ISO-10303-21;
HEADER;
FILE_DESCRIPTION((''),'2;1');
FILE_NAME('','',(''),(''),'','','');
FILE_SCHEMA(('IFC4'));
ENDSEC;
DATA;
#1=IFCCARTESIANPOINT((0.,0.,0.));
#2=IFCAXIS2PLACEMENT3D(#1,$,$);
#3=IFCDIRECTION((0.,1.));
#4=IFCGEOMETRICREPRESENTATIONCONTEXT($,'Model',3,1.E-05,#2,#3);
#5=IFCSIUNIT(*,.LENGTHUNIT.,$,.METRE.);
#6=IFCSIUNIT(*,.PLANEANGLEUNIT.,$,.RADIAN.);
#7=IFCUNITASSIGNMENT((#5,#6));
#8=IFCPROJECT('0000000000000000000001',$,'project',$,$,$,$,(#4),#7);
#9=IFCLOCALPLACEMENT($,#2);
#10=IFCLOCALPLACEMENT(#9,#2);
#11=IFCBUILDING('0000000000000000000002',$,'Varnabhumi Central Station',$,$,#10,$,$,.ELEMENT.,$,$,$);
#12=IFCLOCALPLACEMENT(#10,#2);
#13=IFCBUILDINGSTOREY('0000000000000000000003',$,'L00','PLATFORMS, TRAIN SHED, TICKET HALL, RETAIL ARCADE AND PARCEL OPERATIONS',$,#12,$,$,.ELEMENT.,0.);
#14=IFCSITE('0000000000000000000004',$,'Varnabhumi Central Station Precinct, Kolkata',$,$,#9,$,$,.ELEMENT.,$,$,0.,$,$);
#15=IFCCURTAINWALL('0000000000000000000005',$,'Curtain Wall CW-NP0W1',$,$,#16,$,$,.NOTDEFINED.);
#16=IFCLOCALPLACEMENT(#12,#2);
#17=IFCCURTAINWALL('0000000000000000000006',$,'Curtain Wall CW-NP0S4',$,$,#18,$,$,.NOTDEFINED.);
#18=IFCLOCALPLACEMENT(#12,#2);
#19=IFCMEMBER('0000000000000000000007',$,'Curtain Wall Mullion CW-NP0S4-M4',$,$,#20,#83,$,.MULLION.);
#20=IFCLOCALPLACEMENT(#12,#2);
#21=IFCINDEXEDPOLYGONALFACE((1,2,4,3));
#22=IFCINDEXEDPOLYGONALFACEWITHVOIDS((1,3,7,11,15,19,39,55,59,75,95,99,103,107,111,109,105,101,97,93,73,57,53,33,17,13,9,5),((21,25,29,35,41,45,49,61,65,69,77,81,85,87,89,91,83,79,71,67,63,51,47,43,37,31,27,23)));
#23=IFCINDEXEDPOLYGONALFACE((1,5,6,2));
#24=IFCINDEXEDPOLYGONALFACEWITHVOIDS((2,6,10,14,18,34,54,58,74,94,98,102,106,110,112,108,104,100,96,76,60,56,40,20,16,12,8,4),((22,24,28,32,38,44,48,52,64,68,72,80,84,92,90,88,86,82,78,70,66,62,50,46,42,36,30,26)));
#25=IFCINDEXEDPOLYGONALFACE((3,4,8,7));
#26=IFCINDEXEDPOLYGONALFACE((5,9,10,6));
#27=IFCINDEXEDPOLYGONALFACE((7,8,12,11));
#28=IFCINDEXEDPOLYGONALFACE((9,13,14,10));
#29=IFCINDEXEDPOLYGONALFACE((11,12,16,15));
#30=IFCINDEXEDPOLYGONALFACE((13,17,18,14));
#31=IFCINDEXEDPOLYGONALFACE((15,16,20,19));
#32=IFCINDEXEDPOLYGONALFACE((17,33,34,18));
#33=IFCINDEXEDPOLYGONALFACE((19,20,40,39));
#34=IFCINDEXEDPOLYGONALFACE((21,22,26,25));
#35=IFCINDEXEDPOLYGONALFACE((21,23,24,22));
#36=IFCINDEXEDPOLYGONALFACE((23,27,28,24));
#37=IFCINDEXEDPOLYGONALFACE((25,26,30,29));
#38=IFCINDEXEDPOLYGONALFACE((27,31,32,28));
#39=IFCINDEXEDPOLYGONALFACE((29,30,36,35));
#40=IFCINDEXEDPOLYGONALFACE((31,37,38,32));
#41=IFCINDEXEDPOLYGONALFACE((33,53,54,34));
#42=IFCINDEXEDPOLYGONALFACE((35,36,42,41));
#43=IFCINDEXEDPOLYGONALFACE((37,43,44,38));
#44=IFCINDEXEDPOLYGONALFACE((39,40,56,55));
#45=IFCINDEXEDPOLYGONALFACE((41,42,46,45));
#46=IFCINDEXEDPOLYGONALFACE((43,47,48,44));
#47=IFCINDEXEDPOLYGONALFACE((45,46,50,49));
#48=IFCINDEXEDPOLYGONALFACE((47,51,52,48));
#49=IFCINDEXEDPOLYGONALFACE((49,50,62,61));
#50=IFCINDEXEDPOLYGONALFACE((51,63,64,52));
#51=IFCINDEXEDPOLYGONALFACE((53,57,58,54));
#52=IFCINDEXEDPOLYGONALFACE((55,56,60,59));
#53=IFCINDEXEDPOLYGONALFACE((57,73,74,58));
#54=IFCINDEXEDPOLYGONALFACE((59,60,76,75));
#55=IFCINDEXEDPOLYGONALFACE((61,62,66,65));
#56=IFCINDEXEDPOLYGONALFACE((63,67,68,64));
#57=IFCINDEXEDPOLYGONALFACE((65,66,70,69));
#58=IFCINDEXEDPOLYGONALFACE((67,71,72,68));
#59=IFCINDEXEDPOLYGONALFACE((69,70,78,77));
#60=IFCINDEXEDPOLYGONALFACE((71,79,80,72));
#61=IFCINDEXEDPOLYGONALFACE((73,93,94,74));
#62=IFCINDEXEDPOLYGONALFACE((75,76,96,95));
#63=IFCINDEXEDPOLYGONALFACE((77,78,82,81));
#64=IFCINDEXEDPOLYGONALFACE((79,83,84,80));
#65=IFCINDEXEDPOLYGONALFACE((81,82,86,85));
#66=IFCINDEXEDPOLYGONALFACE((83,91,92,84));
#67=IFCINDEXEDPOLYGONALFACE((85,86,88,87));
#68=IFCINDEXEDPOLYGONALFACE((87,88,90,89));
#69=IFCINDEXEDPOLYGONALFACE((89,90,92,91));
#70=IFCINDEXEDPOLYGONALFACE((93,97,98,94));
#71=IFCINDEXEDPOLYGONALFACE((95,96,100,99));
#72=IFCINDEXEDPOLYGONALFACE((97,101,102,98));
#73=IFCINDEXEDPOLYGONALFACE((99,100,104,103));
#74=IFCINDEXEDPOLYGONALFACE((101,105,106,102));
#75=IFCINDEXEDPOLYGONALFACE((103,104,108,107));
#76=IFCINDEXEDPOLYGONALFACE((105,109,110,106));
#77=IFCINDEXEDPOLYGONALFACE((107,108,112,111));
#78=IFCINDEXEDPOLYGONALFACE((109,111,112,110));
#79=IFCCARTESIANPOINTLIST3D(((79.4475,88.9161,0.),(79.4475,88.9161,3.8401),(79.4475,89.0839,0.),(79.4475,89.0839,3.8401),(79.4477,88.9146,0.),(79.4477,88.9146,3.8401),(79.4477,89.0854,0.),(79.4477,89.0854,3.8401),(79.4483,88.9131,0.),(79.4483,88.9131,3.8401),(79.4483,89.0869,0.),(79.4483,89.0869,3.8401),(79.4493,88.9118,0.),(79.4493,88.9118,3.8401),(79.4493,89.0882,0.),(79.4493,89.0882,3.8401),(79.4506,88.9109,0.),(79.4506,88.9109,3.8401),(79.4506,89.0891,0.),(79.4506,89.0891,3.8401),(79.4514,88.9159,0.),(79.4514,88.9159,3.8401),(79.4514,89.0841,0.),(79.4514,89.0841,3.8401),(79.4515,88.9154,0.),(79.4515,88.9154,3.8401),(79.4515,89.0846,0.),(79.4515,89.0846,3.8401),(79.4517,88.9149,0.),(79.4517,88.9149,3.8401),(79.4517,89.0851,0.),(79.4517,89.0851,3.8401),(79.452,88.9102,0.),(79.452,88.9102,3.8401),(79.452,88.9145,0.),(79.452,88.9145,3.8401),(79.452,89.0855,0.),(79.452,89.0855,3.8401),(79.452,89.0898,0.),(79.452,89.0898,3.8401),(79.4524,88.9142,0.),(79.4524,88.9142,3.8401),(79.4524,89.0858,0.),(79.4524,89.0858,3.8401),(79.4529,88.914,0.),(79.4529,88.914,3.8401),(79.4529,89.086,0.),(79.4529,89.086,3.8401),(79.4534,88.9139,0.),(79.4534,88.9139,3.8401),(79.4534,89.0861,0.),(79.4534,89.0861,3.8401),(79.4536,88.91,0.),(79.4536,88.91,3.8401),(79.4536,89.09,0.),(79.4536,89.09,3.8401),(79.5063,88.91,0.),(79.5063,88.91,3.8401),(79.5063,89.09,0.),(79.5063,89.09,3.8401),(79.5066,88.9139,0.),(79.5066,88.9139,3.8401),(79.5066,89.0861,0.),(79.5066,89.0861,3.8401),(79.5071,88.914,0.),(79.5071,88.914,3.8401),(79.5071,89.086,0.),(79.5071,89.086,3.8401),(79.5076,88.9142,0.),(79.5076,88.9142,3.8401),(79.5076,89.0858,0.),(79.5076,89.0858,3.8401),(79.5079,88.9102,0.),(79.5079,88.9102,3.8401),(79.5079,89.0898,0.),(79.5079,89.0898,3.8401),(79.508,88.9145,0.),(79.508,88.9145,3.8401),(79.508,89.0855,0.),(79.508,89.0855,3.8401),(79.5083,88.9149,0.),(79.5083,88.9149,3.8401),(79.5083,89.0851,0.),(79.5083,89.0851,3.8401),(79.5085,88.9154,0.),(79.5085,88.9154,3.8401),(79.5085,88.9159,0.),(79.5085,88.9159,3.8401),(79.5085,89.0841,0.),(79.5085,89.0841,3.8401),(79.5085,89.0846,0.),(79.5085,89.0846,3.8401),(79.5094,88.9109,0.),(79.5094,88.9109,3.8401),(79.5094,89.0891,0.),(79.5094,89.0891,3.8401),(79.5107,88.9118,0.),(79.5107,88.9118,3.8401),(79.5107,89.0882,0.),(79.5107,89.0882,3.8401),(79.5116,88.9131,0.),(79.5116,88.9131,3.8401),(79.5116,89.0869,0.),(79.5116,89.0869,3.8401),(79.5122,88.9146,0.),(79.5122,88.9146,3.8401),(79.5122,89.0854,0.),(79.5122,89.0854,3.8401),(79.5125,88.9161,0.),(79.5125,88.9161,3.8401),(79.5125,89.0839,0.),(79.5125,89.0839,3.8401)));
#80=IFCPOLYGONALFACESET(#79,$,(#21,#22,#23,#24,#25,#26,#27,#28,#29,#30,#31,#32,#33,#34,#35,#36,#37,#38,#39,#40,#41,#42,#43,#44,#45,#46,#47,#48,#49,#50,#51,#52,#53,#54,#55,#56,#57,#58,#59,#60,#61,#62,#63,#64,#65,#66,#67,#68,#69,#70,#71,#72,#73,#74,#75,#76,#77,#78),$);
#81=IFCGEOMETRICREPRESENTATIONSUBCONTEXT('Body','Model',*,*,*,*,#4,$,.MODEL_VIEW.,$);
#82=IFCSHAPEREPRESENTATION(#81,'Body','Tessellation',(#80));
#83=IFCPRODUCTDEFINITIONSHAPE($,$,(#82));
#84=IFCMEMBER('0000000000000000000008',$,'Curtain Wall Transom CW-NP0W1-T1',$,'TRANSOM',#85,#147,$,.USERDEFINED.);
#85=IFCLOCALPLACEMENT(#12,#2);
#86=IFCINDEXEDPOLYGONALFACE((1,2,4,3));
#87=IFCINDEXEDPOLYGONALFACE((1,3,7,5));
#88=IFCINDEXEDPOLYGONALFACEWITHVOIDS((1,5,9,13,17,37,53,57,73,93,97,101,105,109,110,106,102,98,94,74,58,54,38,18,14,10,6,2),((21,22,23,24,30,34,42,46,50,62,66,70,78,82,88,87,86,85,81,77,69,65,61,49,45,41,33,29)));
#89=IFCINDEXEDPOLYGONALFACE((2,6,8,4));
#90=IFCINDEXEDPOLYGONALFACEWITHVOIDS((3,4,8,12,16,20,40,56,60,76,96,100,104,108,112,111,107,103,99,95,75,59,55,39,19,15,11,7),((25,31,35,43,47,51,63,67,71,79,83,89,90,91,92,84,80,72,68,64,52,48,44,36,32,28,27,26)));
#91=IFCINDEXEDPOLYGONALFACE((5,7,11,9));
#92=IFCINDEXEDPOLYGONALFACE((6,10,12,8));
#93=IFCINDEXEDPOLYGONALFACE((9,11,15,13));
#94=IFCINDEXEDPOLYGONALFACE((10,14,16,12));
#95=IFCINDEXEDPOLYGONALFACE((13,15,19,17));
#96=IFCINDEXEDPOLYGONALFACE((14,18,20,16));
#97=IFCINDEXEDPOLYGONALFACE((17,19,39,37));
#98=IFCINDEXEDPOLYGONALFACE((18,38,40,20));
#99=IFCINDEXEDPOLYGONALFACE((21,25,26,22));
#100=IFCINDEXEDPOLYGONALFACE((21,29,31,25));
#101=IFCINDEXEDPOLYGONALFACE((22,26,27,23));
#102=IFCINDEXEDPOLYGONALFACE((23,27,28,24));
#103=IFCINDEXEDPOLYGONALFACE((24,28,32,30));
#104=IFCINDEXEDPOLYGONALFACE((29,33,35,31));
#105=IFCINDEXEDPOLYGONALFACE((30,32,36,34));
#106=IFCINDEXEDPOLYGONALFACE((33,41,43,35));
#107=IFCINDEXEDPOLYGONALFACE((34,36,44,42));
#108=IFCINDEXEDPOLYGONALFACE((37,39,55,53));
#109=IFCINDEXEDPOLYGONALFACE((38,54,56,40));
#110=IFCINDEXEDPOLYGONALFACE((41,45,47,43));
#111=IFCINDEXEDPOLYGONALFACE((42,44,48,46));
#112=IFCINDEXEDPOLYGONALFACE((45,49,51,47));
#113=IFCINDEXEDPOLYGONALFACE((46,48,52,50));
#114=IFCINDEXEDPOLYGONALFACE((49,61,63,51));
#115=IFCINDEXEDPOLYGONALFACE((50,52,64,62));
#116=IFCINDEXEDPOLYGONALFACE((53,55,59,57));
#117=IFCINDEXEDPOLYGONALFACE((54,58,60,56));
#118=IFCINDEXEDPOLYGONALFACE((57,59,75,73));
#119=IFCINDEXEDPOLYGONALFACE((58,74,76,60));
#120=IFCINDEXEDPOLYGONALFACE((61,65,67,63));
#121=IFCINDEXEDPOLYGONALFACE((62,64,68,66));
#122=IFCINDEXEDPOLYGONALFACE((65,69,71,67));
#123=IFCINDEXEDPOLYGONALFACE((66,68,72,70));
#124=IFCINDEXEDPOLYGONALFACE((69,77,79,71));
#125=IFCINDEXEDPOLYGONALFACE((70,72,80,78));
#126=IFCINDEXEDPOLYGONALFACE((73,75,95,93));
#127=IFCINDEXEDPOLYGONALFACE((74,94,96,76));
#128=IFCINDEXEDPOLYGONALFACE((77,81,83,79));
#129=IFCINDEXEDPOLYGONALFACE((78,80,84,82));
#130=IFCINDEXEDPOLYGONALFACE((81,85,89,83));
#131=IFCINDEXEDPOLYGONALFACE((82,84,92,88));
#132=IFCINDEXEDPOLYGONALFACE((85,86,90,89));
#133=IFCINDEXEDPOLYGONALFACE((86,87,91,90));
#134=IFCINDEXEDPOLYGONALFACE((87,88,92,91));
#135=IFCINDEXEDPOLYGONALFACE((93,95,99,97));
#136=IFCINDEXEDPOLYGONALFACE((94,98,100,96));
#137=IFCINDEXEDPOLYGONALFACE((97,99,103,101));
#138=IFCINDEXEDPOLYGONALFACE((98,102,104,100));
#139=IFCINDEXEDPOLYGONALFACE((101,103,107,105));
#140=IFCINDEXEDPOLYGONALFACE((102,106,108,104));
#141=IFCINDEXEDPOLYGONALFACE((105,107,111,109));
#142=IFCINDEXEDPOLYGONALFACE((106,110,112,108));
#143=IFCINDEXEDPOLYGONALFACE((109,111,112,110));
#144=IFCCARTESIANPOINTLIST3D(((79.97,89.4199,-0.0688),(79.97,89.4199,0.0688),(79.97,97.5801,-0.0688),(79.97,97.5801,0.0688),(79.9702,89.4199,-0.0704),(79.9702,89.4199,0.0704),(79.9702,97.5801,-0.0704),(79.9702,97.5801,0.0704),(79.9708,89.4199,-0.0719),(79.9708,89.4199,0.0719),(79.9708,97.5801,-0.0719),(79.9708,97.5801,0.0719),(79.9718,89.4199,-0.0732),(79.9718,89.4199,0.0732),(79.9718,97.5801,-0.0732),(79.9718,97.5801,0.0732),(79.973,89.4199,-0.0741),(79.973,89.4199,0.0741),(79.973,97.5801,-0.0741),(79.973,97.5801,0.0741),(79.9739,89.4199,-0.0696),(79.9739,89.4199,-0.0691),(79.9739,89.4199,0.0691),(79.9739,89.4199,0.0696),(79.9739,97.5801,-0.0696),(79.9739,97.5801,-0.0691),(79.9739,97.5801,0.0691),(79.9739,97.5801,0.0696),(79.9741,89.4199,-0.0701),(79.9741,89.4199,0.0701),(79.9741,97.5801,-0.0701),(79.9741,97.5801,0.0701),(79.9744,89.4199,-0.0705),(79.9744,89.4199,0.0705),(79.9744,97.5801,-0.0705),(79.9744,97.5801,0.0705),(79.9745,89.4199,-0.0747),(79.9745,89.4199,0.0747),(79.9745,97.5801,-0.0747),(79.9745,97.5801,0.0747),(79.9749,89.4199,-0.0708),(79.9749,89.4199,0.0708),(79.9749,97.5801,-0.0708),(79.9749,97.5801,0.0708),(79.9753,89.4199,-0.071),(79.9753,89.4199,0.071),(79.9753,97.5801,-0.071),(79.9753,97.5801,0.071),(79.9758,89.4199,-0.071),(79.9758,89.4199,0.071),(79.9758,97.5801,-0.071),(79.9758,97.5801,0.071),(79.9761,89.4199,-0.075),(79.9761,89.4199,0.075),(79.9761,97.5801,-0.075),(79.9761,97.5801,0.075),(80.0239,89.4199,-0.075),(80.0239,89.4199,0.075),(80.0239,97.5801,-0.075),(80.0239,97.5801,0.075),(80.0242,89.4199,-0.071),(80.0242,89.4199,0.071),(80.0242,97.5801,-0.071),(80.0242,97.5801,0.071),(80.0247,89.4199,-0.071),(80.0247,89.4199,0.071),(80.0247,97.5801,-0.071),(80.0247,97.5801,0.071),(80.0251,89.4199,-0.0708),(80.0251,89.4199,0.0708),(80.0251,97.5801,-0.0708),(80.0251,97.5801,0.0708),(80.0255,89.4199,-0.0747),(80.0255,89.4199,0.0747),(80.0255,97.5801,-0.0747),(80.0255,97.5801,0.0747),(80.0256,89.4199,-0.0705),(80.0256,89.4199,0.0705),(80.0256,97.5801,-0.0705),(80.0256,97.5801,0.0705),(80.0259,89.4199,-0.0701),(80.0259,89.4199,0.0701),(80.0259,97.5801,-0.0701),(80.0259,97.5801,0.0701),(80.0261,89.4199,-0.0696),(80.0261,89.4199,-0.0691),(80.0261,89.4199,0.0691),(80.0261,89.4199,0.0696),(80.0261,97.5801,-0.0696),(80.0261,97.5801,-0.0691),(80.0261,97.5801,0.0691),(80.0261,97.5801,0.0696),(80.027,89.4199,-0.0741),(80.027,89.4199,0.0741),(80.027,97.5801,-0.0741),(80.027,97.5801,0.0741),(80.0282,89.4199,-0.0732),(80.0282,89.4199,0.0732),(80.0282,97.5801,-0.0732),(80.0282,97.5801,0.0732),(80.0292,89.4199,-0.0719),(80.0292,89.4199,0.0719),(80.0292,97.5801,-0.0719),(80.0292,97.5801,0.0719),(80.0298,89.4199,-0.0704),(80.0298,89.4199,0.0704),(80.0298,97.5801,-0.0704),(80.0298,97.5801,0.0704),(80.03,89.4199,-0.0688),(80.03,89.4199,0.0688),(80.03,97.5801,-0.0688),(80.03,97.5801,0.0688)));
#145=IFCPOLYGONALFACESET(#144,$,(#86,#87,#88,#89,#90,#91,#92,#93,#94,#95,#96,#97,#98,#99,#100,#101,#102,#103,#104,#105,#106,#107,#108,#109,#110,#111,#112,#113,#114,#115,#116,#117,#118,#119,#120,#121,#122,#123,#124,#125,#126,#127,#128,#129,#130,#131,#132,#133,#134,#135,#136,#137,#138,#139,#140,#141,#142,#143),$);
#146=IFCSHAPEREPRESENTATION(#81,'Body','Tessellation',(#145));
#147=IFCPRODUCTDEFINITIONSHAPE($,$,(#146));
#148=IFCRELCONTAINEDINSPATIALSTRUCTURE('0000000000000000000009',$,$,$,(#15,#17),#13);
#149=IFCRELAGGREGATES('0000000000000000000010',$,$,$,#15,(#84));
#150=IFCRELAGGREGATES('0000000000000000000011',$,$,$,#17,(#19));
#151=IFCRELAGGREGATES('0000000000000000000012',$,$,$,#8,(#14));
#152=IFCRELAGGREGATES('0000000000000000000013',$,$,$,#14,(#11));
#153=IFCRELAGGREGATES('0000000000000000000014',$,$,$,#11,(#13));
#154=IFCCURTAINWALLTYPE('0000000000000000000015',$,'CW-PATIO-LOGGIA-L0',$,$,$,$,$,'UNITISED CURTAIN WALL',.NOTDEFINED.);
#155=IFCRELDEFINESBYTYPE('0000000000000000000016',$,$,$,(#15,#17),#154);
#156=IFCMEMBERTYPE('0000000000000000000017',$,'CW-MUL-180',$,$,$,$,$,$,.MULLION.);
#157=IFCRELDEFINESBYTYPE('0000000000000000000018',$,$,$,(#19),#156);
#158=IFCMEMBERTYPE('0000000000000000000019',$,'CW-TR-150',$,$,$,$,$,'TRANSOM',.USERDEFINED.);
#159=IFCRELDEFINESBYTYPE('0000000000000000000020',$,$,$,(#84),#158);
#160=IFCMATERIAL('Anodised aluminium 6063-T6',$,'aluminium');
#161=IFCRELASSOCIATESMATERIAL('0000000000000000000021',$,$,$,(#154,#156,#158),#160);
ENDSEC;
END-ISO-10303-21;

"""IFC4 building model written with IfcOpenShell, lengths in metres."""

from ifc_helpers import new_model, si_unit, direction, frame, origin, origin_2d, place, context, subcontext, project, spatial, hollow_rectangle, extrude, material, material_profile, profile_set, type_object, element, aggregate, save


model = new_model("IFC4")

# Units and contexts
model_context = context("Model", 3, precision=1e-05, world=origin(), true_north=direction((0.0, 1.0)))
body_context = subcontext(model_context, "Body", "Model", "MODEL_VIEW")
ifc_project = project(units=[si_unit("LENGTHUNIT", "METRE"), si_unit("PLANEANGLEUNIT", "RADIAN")], contexts=[model_context])

# Site, building, storey
site_placement = place(None, origin())
site = spatial("IfcSite", under=ifc_project, at=site_placement, Name="Varnabhumi Central Station Precinct, Kolkata", CompositionType="ELEMENT", RefElevation=0.0)
building_placement = place(site_placement, origin())
building = spatial("IfcBuilding", under=site, at=building_placement, Name="Varnabhumi Central Station", CompositionType="ELEMENT")
storey_placement = place(building_placement, origin())
storey = spatial("IfcBuildingStorey", under=building, at=storey_placement, Name="L00", Description="PLATFORMS, TRAIN SHED, TICKET HALL, RETAIL ARCADE AND PARCEL OPERATIONS", CompositionType="ELEMENT", Elevation=0.0)

# Curtain walls, member
ifc_material_1 = material(Name="Anodised aluminium 6063-T6", Category="aluminium")
curtain_wall_type = type_object("IfcCurtainWallType", Name="CW-PATIO-LOGGIA-L0", ElementType="UNITISED CURTAIN WALL", PredefinedType="NOTDEFINED", material=ifc_material_1)
curtain_wall_1_placement = place(storey_placement, origin())
curtain_wall_1 = element("IfcCurtainWall", 1, at=curtain_wall_1_placement, inside=storey, type_object=curtain_wall_type, Name="Curtain Wall CW-NP0W1", PredefinedType="NOTDEFINED")
ifc_material_profile_1 = material_profile(ifc_material_1, hollow_rectangle(XDim=0.0649, YDim=0.1799, WallThickness=0.0039, InnerFilletRadius=0.002, OuterFilletRadius=0.0061, at=origin_2d()), Name="Anodised aluminium 6063-T6", Category="aluminium")
ifc_profile_set_1 = profile_set([ifc_material_profile_1], Name="Anodised aluminium 6063-T6")
member_type_1 = type_object("IfcMemberType", Name="CW-MUL-180", PredefinedType="MULLION", material=ifc_profile_set_1)
curtain_wall_2_placement = place(storey_placement, origin())
curtain_wall_2 = element("IfcCurtainWall", 2, at=curtain_wall_2_placement, inside=storey, type_object=curtain_wall_type, Name="Curtain Wall CW-NP0S4", PredefinedType="NOTDEFINED")
member_1_placement = place(storey_placement, frame((79.48, 89.0, 0.0), z_axis=(0.0, 0.0, 1.0), x_axis=(1.0, 0.0, 0.0)))
member_1 = element("IfcMember", 3, at=member_1_placement, type_object=member_type_1, Name="Curtain Wall Mullion CW-NP0S4-M4", PredefinedType="MULLION", context=body_context, shape_type="SweptSolid", body=[
    extrude(hollow_rectangle(XDim=0.0649, YDim=0.1799, WallThickness=0.0039, InnerFilletRadius=0.002, OuterFilletRadius=0.0061, at=origin_2d()), origin(), (0.0, 0.0, 1.0), 3.8401),
])

# Member
ifc_material_profile_2 = material_profile(ifc_material_1, hollow_rectangle(XDim=0.0601, YDim=0.1499, WallThickness=0.0039, InnerFilletRadius=0.002, OuterFilletRadius=0.0061, at=origin_2d()), Name="Anodised aluminium 6063-T6", Category="aluminium")
ifc_profile_set_2 = profile_set([ifc_material_profile_2], Name="Anodised aluminium 6063-T6")
member_type_2 = type_object("IfcMemberType", Name="CW-TR-150", ElementType="TRANSOM", PredefinedType="USERDEFINED", material=ifc_profile_set_2)
member_2_placement = place(storey_placement, frame((80.0, 89.4199, 0.0), z_axis=(0.0, 1.0, 0.0), x_axis=(-1.0, 0.0, 0.0)))
member_2 = element("IfcMember", 4, at=member_2_placement, type_object=member_type_2, Name="Curtain Wall Transom CW-NP0W1-T1", ObjectType="TRANSOM", PredefinedType="USERDEFINED", context=body_context, shape_type="SweptSolid", body=[
    extrude(hollow_rectangle(XDim=0.0601, YDim=0.1499, WallThickness=0.0039, InnerFilletRadius=0.002, OuterFilletRadius=0.0061, at=origin_2d()), origin(), (0.0, 0.0, 1.0), 8.1602),
])

aggregate(curtain_wall_1, [member_2])
aggregate(curtain_wall_2, [member_1])

save(model, "model.ifc")
